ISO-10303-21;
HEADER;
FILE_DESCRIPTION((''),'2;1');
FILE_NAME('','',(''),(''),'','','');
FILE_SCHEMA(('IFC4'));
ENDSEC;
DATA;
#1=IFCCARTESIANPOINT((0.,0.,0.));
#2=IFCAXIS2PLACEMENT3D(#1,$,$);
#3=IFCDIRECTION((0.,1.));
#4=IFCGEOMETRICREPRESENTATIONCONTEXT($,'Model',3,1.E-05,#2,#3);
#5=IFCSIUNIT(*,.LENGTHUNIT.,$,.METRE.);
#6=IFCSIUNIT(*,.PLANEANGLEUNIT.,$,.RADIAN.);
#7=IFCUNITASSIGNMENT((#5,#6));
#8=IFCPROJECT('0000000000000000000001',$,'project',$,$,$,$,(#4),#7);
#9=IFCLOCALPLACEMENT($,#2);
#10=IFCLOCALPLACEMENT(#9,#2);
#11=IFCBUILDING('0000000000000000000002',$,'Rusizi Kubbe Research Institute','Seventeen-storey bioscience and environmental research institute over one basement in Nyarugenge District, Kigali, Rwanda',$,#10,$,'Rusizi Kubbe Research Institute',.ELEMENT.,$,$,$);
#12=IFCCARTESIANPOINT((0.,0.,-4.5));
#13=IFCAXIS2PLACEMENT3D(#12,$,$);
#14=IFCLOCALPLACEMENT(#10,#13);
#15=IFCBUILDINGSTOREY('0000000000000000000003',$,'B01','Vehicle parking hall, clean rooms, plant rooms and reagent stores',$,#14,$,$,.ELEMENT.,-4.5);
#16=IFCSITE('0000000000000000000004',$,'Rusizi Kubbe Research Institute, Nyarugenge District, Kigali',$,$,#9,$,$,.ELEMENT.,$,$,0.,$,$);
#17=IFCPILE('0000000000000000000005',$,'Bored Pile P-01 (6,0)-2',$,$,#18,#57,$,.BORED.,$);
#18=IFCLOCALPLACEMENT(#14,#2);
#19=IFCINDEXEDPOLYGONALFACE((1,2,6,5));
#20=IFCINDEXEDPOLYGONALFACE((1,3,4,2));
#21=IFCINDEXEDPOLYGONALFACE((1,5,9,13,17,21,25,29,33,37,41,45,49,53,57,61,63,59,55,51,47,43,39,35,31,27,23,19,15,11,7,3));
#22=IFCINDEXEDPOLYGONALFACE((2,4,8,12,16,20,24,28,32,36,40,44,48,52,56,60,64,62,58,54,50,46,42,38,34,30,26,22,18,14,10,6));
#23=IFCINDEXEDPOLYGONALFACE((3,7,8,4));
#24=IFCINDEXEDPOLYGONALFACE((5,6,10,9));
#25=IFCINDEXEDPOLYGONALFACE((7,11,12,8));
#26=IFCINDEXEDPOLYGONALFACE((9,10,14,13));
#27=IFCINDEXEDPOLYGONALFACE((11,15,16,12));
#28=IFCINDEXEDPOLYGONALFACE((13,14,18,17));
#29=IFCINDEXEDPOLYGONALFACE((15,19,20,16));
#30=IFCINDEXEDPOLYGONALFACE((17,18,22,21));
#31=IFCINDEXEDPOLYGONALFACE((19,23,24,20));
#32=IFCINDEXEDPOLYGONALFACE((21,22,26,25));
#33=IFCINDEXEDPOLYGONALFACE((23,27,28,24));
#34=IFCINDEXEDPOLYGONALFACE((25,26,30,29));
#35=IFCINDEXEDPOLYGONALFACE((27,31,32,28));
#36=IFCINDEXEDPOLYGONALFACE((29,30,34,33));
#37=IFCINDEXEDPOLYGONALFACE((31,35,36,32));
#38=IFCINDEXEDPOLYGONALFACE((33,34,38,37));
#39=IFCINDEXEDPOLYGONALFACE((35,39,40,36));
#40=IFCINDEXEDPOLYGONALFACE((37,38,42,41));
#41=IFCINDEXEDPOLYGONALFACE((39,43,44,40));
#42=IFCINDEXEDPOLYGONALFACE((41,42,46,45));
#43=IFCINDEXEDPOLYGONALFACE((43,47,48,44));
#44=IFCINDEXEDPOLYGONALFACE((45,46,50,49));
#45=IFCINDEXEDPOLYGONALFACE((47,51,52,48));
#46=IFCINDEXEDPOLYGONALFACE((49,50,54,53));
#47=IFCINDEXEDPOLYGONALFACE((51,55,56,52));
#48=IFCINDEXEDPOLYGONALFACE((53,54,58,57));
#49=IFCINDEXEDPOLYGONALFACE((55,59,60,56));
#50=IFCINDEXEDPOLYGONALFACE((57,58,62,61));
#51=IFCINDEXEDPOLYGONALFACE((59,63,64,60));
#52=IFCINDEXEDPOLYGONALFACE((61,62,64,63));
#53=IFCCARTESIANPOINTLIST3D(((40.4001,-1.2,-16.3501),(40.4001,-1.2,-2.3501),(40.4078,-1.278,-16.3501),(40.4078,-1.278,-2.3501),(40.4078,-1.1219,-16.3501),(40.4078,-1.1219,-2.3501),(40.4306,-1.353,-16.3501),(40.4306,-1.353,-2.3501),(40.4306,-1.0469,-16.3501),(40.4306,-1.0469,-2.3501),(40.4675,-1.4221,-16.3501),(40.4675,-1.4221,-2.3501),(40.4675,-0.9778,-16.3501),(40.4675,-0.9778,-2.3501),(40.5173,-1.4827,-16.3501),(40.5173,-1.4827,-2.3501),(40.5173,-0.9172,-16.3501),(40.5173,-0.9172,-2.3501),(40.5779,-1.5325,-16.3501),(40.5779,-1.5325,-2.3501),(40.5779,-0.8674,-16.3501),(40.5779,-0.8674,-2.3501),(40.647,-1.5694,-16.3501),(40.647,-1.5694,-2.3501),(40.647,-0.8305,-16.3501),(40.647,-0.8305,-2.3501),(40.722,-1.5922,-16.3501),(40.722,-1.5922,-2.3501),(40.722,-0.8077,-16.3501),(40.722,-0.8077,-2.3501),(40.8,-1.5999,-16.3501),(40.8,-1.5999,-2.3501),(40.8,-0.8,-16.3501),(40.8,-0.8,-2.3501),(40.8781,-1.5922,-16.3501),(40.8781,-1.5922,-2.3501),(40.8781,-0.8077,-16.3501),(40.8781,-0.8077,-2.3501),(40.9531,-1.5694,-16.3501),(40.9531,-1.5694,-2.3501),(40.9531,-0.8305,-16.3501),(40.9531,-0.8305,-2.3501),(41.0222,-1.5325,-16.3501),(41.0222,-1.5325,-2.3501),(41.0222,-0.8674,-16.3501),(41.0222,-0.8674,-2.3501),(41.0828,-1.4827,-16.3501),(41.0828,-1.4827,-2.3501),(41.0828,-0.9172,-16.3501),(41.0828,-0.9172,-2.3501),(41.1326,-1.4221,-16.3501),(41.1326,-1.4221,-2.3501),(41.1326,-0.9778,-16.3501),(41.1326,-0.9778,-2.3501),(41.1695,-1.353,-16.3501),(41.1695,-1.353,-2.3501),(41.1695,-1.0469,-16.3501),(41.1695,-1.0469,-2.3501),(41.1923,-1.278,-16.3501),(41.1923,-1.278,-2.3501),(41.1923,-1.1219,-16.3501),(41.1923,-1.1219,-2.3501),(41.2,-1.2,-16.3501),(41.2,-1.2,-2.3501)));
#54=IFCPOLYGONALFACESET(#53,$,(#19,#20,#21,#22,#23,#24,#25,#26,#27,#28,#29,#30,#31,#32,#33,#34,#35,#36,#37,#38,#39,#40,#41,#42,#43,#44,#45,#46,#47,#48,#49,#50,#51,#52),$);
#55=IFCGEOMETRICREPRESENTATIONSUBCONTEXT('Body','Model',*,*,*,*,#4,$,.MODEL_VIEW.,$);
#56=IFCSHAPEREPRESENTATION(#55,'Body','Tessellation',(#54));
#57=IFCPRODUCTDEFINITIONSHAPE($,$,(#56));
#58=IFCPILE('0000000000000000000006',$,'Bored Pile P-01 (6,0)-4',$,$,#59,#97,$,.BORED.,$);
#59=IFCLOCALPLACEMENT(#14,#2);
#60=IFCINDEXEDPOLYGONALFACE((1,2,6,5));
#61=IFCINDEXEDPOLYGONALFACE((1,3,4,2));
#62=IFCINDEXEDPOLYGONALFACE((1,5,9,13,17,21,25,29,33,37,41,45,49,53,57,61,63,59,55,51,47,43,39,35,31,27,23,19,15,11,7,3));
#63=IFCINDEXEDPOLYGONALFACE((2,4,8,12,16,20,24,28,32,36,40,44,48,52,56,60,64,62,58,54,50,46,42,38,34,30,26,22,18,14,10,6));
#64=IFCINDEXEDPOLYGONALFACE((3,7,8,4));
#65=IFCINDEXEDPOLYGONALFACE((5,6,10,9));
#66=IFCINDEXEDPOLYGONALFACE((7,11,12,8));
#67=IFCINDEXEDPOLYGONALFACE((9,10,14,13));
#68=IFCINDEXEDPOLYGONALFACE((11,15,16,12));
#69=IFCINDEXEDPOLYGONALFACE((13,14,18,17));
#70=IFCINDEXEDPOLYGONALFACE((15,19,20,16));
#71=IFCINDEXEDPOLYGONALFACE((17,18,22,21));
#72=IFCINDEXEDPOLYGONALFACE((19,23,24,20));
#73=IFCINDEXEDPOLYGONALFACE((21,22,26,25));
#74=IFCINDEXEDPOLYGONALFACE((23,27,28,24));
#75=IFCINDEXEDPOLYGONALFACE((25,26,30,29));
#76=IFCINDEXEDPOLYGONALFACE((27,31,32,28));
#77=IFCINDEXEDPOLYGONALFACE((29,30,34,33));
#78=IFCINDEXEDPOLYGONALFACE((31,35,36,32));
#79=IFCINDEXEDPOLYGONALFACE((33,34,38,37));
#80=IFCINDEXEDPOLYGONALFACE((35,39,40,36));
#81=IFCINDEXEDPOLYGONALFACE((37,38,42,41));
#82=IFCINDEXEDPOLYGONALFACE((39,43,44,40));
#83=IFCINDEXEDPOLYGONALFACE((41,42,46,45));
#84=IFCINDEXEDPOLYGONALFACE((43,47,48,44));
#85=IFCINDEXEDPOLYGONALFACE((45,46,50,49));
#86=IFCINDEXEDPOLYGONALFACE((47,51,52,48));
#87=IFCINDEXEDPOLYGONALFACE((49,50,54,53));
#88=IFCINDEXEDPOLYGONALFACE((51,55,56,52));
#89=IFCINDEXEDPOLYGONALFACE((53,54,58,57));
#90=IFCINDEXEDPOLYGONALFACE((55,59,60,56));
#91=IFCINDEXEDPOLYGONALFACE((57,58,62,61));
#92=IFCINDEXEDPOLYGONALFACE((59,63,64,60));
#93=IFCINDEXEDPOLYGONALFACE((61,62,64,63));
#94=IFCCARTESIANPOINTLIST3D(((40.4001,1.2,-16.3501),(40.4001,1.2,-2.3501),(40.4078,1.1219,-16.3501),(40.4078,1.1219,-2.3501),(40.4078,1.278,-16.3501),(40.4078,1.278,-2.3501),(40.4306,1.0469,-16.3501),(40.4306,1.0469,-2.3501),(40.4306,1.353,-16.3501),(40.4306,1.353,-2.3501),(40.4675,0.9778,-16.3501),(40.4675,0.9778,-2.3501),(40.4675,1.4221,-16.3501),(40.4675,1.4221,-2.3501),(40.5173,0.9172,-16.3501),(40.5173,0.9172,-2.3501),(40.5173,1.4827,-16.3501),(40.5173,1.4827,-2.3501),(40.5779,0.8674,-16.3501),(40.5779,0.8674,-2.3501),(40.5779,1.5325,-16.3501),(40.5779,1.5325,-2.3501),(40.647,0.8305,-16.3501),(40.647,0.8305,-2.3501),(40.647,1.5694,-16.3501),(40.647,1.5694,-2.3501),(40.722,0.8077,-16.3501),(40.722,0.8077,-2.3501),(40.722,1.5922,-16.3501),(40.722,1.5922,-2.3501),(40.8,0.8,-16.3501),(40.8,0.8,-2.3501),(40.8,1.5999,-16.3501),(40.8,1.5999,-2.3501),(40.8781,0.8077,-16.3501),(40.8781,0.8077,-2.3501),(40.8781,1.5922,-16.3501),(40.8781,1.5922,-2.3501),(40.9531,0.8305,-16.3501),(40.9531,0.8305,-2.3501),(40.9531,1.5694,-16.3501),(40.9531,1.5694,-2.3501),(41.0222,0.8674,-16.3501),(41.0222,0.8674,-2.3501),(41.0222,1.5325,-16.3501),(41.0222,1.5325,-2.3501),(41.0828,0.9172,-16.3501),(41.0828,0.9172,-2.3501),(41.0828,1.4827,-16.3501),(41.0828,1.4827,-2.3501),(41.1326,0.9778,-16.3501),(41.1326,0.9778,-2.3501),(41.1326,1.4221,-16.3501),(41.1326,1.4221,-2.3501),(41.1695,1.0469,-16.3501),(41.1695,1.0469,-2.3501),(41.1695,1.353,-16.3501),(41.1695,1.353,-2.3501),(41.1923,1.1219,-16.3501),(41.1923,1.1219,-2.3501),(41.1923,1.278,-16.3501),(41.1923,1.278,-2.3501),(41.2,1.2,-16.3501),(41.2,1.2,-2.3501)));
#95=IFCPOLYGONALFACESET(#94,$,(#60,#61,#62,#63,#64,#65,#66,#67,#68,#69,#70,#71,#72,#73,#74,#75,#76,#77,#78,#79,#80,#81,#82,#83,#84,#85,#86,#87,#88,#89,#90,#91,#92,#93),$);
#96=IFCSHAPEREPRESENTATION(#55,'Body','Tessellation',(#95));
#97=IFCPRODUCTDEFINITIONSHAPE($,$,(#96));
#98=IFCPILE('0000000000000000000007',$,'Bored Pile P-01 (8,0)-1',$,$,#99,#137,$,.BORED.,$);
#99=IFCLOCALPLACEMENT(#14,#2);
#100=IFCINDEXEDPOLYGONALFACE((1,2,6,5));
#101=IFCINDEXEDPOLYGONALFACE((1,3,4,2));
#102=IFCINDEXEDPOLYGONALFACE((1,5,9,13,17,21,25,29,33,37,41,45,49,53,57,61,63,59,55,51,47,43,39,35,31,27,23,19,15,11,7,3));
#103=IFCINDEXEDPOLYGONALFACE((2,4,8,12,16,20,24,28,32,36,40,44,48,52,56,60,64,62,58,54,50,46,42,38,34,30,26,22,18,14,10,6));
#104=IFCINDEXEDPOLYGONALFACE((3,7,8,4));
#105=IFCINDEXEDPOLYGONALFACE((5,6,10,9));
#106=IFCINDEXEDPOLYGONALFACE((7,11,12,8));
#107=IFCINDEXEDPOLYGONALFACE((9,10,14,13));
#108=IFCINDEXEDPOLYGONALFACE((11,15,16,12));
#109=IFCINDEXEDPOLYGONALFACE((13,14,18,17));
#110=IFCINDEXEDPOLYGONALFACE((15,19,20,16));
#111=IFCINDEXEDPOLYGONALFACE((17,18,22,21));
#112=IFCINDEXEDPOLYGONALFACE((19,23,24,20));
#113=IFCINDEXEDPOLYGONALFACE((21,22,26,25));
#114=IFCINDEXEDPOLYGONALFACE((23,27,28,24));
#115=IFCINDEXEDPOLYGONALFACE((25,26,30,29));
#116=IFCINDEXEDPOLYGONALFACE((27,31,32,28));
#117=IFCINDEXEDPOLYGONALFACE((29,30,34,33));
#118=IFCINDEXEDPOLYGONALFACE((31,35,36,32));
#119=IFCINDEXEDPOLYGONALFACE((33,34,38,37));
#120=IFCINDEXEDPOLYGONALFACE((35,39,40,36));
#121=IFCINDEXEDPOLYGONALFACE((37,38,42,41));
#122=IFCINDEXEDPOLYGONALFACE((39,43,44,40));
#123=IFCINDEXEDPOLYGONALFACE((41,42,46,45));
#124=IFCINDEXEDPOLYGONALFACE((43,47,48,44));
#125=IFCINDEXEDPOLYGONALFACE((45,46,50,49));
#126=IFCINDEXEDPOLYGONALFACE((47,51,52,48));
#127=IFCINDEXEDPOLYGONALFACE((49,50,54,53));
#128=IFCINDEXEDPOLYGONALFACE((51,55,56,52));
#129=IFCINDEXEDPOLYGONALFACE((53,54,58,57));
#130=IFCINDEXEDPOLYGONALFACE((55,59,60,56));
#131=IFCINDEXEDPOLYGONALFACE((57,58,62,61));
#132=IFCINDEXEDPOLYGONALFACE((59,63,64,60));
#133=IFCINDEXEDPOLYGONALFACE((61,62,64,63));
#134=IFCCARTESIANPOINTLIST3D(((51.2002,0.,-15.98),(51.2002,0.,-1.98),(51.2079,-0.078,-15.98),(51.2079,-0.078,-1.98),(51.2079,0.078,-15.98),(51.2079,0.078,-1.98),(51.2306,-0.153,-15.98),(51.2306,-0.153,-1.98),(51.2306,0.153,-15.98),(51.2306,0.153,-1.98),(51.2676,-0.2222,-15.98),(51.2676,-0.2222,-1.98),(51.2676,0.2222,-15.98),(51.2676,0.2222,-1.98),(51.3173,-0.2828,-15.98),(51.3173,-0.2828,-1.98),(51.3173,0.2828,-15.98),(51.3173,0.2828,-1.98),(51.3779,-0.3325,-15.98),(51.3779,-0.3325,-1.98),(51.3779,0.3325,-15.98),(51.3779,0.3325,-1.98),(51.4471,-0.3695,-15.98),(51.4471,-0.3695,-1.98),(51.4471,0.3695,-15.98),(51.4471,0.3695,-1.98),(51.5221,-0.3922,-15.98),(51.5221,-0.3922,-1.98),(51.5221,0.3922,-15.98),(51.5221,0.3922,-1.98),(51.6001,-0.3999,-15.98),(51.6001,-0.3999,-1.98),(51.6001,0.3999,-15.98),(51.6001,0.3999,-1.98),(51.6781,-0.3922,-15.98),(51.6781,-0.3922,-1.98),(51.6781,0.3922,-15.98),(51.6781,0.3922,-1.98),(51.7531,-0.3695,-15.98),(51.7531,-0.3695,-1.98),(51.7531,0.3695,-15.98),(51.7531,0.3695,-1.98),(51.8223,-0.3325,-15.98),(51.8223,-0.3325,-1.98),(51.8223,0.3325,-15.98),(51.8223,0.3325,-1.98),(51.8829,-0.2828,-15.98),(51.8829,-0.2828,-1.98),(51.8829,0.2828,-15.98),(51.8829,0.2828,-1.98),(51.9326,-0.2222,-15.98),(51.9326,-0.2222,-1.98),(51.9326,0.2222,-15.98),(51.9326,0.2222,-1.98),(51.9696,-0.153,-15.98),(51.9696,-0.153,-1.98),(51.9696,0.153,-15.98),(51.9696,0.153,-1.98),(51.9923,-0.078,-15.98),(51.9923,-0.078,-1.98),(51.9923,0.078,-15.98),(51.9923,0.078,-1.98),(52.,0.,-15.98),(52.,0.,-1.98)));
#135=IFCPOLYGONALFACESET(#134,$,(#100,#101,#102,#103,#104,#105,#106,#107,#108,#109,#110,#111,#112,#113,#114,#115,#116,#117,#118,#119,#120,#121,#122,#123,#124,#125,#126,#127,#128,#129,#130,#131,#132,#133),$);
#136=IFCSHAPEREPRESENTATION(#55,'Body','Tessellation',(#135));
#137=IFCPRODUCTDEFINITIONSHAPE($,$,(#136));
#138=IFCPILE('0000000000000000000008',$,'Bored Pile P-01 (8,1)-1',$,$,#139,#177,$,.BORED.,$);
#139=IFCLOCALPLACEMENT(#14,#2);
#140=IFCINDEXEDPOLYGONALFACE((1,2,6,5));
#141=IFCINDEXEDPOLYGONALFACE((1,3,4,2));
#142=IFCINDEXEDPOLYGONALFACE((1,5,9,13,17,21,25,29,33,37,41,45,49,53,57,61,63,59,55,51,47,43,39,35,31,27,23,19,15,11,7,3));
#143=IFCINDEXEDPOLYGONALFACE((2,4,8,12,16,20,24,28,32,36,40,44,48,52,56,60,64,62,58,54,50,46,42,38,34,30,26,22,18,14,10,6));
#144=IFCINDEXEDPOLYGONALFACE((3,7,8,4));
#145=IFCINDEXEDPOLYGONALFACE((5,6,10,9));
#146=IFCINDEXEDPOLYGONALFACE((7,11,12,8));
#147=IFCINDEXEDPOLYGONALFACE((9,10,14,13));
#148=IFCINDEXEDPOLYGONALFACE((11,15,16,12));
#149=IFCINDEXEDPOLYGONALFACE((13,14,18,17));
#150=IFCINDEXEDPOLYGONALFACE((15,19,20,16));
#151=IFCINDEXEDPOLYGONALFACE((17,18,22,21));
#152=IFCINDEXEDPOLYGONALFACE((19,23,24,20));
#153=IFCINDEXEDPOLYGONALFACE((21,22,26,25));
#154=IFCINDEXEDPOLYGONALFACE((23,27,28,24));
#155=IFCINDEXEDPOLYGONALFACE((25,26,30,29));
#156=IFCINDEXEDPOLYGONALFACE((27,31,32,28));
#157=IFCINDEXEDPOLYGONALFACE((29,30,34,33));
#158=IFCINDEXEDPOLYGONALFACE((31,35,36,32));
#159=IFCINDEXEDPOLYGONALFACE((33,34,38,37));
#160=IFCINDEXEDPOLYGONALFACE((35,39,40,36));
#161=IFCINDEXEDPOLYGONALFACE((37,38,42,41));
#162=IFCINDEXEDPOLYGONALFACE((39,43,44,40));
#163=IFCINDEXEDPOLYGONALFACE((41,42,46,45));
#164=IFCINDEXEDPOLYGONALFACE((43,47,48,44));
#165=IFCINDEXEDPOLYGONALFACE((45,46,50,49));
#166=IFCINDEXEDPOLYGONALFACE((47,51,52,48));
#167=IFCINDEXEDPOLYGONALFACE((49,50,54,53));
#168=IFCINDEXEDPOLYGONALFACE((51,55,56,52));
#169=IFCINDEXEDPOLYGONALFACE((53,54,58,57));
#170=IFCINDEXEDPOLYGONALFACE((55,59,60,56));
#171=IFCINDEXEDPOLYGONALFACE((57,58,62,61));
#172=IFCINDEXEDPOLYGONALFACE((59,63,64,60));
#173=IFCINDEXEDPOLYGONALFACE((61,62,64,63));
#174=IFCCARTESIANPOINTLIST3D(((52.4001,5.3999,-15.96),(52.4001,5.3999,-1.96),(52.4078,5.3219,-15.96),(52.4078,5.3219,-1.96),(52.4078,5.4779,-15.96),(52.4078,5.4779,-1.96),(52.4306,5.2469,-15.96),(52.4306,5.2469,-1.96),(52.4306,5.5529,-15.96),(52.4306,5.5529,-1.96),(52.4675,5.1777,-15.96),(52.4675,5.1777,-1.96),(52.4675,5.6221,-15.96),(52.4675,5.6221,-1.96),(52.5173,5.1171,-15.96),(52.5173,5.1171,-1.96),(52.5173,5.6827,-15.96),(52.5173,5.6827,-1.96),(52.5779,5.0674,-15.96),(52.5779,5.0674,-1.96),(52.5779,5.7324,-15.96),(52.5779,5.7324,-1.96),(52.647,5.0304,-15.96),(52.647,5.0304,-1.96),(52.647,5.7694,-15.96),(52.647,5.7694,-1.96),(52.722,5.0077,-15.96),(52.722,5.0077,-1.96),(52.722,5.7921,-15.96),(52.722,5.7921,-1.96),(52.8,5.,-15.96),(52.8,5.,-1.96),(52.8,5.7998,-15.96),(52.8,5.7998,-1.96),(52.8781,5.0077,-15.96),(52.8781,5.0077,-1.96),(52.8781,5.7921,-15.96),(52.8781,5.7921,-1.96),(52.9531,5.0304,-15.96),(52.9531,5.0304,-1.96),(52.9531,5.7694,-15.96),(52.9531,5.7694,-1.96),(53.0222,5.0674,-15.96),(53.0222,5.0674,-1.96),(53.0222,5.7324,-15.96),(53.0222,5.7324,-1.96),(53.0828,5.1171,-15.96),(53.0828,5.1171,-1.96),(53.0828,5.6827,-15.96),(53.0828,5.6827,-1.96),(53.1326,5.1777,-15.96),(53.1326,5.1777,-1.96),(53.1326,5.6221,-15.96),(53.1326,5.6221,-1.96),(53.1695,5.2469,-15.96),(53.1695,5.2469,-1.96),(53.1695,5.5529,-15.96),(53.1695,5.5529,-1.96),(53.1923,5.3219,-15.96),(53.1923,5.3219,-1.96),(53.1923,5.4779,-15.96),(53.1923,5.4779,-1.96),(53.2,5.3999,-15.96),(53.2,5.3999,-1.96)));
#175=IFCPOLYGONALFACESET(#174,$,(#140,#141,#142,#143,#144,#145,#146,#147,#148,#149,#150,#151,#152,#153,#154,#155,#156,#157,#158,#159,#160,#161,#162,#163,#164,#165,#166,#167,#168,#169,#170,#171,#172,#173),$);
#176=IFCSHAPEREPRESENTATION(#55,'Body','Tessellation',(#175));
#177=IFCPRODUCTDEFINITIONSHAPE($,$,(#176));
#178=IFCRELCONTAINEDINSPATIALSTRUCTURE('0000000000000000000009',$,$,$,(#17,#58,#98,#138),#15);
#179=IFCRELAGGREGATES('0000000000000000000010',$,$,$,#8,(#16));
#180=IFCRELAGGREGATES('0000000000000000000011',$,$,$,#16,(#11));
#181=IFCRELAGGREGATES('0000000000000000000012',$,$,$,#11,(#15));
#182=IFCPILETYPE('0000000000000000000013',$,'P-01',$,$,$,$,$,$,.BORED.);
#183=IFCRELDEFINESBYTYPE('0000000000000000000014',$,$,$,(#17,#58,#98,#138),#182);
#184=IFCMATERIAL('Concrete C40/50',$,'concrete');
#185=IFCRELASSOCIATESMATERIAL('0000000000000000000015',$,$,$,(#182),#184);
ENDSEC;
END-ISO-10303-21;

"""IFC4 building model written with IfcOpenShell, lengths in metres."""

from ifc_helpers import new_model, si_unit, direction, frame, origin, origin_2d, place, context, subcontext, project, spatial, circle, extrude, material, material_profile, profile_set, type_object, element, save


model = new_model("IFC4")

# Units and contexts
model_context = context("Model", 3, precision=1e-05, world=origin(), true_north=direction((0.0, 1.0)))
body_context = subcontext(model_context, "Body", "Model", "MODEL_VIEW")
ifc_project = project(units=[si_unit("LENGTHUNIT", "METRE"), si_unit("PLANEANGLEUNIT", "RADIAN")], contexts=[model_context])

# Site, building, storey
site_placement = place(None, origin())
site = spatial("IfcSite", under=ifc_project, at=site_placement, Name="Rusizi Kubbe Research Institute, Nyarugenge District, Kigali", CompositionType="ELEMENT", RefElevation=0.0)
building_placement = place(site_placement, origin())
building = spatial("IfcBuilding", under=site, at=building_placement, Name="Rusizi Kubbe Research Institute", Description="Seventeen-storey bioscience and environmental research institute over one basement in Nyarugenge District, Kigali, Rwanda", LongName="Rusizi Kubbe Research Institute", CompositionType="ELEMENT")
storey_placement = place(building_placement, frame((0.0, 0.0, -4.5)))
storey = spatial("IfcBuildingStorey", under=building, at=storey_placement, Name="B01", Description="Vehicle parking hall, clean rooms, plant rooms and reagent stores", CompositionType="ELEMENT", Elevation=-4.5)

# Piles
ifc_material_1 = material(Name="Concrete C40/50", Category="concrete")
ifc_material_profile_1 = material_profile(ifc_material_1, circle(Radius=0.3999, at=origin_2d()), Name="PILE-D800")
ifc_profile_set_1 = profile_set([ifc_material_profile_1], Name="Concrete C40/50")
pile_type_1 = type_object("IfcPileType", Name="P-01", PredefinedType="BORED", material=ifc_profile_set_1)
for number, where, z_axis, x_axis, name in (
    (1, (40.8, -1.2, -2.3501), (0.0, 0.0, -1.0), (1.0, 0.0, 0.0), "Bored Pile P-01 (6,0)-2"),
    (2, (40.8, 1.2, -2.3501), (0.0, 0.0, -1.0), (1.0, 0.0, 0.0), "Bored Pile P-01 (6,0)-4"),
    (3, (51.6001, 0.0, -1.98), (0.0, 0.0, -1.0), (1.0, 0.0, 0.0), "Bored Pile P-01 (8,0)-1"),
    (4, (52.8, 5.3999, -1.96), (0.0, 0.0, -1.0), (1.0, 0.0, 0.0), "Bored Pile P-01 (8,1)-1"),
):
    element("IfcPile", number, at=place(storey_placement, frame(where, z_axis=z_axis, x_axis=x_axis)), inside=storey, type_object=pile_type_1, Name=name, PredefinedType="BORED", context=body_context, shape_type="SweptSolid", body=[
        extrude(circle(Radius=0.3999, at=origin_2d()), origin(), (0.0, 0.0, 1.0), 14.0),
    ])

save(model, "model.ifc")
